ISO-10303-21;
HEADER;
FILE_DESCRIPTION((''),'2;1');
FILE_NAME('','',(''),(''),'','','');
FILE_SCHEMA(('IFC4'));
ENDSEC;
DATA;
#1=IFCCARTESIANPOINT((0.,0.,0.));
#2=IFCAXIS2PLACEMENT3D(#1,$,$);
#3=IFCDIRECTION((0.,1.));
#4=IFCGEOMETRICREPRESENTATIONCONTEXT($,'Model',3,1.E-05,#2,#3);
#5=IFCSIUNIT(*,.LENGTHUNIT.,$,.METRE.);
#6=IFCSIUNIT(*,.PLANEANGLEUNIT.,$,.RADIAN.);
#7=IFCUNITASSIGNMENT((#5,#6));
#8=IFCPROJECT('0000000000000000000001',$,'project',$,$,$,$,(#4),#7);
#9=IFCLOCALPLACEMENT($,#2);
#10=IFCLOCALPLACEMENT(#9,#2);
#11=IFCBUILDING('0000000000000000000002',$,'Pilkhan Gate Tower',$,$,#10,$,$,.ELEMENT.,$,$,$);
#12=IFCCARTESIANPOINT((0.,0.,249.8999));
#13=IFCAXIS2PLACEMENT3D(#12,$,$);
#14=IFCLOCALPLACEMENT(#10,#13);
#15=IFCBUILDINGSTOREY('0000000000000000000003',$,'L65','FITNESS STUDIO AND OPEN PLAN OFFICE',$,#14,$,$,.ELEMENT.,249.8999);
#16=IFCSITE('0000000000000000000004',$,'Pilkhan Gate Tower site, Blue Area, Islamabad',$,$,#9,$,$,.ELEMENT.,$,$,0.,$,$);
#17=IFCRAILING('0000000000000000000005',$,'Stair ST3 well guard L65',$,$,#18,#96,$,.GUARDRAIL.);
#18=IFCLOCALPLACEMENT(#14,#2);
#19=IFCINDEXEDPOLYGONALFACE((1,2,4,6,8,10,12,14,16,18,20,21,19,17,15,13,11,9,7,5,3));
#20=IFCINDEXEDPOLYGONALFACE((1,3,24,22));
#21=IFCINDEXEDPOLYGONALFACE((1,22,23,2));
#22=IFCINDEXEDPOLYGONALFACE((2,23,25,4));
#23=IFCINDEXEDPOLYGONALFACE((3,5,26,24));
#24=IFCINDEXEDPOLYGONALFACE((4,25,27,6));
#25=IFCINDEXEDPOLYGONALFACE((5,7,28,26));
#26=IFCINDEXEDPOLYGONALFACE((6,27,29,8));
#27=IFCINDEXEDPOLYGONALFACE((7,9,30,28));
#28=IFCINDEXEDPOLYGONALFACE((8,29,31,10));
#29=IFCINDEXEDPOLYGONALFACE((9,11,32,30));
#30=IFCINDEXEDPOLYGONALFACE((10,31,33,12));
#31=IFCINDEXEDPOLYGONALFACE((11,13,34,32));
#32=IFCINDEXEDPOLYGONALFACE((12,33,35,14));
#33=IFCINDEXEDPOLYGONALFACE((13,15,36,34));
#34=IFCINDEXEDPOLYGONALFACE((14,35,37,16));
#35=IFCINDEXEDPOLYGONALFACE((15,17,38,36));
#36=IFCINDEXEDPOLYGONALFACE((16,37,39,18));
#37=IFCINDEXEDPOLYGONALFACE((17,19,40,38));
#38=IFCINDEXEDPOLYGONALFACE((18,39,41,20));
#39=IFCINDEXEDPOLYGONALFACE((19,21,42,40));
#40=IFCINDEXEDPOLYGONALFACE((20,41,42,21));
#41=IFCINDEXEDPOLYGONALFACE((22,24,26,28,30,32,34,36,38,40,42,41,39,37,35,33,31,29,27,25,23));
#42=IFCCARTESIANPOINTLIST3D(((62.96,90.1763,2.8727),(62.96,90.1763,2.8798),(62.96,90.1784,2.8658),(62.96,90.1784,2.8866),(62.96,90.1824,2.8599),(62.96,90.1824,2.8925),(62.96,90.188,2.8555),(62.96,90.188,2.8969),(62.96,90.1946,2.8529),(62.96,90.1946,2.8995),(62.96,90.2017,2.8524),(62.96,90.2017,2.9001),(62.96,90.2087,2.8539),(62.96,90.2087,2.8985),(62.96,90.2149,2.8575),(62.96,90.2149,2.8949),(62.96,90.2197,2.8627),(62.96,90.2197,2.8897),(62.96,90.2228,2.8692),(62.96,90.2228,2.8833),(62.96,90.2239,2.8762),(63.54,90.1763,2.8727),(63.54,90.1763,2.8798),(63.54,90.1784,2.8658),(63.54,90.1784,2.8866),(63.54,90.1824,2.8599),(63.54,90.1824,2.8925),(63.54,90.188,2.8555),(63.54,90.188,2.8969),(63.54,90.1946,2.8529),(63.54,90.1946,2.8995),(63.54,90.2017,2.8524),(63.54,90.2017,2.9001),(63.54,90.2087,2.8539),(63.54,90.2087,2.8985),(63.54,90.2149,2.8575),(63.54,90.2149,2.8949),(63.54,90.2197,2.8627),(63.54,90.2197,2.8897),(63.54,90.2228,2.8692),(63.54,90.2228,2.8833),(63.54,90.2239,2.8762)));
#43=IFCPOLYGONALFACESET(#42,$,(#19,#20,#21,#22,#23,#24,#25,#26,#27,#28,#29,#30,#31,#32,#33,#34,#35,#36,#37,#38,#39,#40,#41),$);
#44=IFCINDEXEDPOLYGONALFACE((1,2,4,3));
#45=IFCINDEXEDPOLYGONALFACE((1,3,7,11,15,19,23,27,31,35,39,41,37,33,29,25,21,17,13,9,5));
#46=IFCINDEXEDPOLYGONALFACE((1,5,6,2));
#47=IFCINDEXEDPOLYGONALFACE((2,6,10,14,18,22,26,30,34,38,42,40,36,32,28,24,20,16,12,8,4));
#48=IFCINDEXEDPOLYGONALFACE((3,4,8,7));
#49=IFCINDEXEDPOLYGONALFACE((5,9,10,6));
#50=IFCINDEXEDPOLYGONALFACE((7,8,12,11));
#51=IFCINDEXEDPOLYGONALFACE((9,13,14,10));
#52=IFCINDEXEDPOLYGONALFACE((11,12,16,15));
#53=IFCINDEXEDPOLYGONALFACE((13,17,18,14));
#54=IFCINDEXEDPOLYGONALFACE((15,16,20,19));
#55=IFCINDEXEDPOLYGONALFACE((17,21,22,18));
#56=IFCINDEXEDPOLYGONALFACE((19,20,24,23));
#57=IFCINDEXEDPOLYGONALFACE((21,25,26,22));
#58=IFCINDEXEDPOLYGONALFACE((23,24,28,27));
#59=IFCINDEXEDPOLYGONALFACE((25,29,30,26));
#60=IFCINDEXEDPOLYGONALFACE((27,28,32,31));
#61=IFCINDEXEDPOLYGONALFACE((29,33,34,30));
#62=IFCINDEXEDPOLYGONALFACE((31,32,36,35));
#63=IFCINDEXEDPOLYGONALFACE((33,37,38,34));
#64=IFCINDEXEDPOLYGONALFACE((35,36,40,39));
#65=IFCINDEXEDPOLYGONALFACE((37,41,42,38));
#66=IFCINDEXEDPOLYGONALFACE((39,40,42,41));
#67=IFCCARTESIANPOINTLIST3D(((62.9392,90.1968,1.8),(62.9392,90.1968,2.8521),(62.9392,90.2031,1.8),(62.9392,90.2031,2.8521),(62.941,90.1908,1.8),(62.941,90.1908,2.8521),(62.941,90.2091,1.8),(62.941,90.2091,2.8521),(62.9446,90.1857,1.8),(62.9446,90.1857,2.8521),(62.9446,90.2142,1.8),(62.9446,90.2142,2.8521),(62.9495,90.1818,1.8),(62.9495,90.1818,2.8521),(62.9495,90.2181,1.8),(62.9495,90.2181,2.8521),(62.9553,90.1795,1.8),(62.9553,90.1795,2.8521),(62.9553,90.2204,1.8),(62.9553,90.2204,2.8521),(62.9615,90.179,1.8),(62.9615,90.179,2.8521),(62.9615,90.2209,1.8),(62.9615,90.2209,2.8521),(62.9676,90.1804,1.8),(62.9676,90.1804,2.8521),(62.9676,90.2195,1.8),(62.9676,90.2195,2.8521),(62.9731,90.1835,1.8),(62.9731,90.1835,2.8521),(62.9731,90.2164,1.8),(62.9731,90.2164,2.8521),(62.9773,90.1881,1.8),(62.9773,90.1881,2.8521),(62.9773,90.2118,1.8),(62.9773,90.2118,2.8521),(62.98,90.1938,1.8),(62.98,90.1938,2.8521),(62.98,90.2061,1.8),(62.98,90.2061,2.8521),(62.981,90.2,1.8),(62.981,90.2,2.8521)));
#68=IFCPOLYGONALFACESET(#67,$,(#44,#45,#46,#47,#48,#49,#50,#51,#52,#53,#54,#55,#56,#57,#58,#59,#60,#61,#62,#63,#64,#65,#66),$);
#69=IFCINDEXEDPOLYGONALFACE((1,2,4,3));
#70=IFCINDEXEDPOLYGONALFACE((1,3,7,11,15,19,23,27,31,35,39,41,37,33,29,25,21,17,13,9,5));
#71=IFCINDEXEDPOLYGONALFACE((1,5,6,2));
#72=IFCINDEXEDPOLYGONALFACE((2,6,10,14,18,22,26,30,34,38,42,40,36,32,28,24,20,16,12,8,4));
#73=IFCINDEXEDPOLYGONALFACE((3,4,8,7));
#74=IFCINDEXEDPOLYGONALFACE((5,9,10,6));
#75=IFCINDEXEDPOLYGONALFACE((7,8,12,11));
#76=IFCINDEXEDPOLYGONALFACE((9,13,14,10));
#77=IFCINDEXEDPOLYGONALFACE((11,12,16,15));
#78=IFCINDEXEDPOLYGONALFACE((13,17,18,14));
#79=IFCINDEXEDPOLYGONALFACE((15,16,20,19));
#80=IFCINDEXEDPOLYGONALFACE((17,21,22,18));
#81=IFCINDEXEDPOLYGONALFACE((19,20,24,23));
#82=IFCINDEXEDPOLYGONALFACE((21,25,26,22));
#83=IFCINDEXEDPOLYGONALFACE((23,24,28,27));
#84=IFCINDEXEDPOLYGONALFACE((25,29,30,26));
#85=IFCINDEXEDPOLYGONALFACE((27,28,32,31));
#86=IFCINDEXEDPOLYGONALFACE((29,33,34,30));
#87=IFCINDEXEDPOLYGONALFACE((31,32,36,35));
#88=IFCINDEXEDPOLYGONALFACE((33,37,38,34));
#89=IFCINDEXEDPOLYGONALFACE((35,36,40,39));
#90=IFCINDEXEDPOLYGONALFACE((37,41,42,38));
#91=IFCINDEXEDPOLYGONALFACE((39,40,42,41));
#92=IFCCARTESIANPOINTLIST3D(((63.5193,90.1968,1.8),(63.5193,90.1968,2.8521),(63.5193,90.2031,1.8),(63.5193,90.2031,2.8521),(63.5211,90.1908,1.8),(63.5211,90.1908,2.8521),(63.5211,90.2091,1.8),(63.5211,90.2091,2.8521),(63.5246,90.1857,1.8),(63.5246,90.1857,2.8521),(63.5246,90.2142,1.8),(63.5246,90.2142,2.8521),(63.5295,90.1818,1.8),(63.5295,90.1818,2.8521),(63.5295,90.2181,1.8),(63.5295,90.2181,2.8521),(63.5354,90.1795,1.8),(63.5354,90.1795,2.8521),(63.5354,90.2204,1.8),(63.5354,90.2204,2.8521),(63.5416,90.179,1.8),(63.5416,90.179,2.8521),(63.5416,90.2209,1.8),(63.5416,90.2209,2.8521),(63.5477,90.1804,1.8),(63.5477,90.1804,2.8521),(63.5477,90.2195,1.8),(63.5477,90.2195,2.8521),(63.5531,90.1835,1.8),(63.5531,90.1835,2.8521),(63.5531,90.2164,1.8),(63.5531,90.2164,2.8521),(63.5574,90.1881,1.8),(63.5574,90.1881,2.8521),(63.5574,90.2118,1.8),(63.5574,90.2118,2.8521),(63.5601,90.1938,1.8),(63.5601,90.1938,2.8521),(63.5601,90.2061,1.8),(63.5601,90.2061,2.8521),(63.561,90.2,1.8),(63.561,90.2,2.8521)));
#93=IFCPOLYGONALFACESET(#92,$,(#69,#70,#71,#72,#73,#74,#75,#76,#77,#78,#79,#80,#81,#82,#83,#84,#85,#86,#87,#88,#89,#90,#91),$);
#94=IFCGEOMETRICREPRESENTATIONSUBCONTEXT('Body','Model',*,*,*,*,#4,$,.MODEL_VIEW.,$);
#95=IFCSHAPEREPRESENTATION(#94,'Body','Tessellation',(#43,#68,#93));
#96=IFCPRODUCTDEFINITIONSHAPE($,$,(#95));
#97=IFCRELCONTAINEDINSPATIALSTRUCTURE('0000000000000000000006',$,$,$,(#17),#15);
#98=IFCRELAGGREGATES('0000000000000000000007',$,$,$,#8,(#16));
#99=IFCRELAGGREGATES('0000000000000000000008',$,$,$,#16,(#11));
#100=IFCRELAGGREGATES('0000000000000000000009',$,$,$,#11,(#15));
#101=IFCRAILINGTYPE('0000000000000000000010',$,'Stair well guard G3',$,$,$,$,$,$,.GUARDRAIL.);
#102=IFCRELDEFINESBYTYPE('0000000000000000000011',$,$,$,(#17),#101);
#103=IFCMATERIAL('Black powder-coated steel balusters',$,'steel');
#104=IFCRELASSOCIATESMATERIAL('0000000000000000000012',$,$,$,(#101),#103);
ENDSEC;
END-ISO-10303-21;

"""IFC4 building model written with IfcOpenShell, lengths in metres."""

from ifc_helpers import new_model, si_unit, direction, frame, origin, origin_2d, place, context, subcontext, project, spatial, circle, extrude, material, type_object, element, save


model = new_model("IFC4")

# Units and contexts
model_context = context("Model", 3, precision=1e-05, world=origin(), true_north=direction((0.0, 1.0)))
body_context = subcontext(model_context, "Body", "Model", "MODEL_VIEW")
ifc_project = project(units=[si_unit("LENGTHUNIT", "METRE"), si_unit("PLANEANGLEUNIT", "RADIAN")], contexts=[model_context])

# Site, building, storey
site_placement = place(None, origin())
site = spatial("IfcSite", under=ifc_project, at=site_placement, Name="Pilkhan Gate Tower site, Blue Area, Islamabad", CompositionType="ELEMENT", RefElevation=0.0)
building_placement = place(site_placement, origin())
building = spatial("IfcBuilding", under=site, at=building_placement, Name="Pilkhan Gate Tower", CompositionType="ELEMENT")
storey_placement = place(building_placement, frame((0.0, 0.0, 249.8999)))
storey = spatial("IfcBuildingStorey", under=building, at=storey_placement, Name="L65", Description="FITNESS STUDIO AND OPEN PLAN OFFICE", CompositionType="ELEMENT", Elevation=249.8999)

# Railing
ifc_material_1 = material(Name="Black powder-coated steel balusters", Category="steel")
railing_type_1 = type_object("IfcRailingType", Name="Stair well guard G3", PredefinedType="GUARDRAIL", material=ifc_material_1)
railing_1_placement = place(storey_placement, frame((62.96, 90.2, 1.8)))
element("IfcRailing", 1, at=railing_1_placement, inside=storey, type_object=railing_type_1, Name="Stair ST3 well guard L65", PredefinedType="GUARDRAIL", context=body_context, shape_type="SweptSolid", body=[
    extrude(circle(Radius=0.0239, at=origin_2d()), frame((0.0, 0.0, 1.0762), z_axis=(1.0, 0.0, 0.0), x_axis=(0.0, 1.0, 0.0)), (0.0, 0.0, 1.0), 0.5801),
    extrude(circle(Radius=0.021, at=origin_2d()), origin(), (0.0, 0.0, 1.0), 1.052),
    extrude(circle(Radius=0.021, at=origin_2d()), frame((0.5801, 0.0, 0.0)), (0.0, 0.0, 1.0), 1.052),
])

save(model, "model.ifc")
